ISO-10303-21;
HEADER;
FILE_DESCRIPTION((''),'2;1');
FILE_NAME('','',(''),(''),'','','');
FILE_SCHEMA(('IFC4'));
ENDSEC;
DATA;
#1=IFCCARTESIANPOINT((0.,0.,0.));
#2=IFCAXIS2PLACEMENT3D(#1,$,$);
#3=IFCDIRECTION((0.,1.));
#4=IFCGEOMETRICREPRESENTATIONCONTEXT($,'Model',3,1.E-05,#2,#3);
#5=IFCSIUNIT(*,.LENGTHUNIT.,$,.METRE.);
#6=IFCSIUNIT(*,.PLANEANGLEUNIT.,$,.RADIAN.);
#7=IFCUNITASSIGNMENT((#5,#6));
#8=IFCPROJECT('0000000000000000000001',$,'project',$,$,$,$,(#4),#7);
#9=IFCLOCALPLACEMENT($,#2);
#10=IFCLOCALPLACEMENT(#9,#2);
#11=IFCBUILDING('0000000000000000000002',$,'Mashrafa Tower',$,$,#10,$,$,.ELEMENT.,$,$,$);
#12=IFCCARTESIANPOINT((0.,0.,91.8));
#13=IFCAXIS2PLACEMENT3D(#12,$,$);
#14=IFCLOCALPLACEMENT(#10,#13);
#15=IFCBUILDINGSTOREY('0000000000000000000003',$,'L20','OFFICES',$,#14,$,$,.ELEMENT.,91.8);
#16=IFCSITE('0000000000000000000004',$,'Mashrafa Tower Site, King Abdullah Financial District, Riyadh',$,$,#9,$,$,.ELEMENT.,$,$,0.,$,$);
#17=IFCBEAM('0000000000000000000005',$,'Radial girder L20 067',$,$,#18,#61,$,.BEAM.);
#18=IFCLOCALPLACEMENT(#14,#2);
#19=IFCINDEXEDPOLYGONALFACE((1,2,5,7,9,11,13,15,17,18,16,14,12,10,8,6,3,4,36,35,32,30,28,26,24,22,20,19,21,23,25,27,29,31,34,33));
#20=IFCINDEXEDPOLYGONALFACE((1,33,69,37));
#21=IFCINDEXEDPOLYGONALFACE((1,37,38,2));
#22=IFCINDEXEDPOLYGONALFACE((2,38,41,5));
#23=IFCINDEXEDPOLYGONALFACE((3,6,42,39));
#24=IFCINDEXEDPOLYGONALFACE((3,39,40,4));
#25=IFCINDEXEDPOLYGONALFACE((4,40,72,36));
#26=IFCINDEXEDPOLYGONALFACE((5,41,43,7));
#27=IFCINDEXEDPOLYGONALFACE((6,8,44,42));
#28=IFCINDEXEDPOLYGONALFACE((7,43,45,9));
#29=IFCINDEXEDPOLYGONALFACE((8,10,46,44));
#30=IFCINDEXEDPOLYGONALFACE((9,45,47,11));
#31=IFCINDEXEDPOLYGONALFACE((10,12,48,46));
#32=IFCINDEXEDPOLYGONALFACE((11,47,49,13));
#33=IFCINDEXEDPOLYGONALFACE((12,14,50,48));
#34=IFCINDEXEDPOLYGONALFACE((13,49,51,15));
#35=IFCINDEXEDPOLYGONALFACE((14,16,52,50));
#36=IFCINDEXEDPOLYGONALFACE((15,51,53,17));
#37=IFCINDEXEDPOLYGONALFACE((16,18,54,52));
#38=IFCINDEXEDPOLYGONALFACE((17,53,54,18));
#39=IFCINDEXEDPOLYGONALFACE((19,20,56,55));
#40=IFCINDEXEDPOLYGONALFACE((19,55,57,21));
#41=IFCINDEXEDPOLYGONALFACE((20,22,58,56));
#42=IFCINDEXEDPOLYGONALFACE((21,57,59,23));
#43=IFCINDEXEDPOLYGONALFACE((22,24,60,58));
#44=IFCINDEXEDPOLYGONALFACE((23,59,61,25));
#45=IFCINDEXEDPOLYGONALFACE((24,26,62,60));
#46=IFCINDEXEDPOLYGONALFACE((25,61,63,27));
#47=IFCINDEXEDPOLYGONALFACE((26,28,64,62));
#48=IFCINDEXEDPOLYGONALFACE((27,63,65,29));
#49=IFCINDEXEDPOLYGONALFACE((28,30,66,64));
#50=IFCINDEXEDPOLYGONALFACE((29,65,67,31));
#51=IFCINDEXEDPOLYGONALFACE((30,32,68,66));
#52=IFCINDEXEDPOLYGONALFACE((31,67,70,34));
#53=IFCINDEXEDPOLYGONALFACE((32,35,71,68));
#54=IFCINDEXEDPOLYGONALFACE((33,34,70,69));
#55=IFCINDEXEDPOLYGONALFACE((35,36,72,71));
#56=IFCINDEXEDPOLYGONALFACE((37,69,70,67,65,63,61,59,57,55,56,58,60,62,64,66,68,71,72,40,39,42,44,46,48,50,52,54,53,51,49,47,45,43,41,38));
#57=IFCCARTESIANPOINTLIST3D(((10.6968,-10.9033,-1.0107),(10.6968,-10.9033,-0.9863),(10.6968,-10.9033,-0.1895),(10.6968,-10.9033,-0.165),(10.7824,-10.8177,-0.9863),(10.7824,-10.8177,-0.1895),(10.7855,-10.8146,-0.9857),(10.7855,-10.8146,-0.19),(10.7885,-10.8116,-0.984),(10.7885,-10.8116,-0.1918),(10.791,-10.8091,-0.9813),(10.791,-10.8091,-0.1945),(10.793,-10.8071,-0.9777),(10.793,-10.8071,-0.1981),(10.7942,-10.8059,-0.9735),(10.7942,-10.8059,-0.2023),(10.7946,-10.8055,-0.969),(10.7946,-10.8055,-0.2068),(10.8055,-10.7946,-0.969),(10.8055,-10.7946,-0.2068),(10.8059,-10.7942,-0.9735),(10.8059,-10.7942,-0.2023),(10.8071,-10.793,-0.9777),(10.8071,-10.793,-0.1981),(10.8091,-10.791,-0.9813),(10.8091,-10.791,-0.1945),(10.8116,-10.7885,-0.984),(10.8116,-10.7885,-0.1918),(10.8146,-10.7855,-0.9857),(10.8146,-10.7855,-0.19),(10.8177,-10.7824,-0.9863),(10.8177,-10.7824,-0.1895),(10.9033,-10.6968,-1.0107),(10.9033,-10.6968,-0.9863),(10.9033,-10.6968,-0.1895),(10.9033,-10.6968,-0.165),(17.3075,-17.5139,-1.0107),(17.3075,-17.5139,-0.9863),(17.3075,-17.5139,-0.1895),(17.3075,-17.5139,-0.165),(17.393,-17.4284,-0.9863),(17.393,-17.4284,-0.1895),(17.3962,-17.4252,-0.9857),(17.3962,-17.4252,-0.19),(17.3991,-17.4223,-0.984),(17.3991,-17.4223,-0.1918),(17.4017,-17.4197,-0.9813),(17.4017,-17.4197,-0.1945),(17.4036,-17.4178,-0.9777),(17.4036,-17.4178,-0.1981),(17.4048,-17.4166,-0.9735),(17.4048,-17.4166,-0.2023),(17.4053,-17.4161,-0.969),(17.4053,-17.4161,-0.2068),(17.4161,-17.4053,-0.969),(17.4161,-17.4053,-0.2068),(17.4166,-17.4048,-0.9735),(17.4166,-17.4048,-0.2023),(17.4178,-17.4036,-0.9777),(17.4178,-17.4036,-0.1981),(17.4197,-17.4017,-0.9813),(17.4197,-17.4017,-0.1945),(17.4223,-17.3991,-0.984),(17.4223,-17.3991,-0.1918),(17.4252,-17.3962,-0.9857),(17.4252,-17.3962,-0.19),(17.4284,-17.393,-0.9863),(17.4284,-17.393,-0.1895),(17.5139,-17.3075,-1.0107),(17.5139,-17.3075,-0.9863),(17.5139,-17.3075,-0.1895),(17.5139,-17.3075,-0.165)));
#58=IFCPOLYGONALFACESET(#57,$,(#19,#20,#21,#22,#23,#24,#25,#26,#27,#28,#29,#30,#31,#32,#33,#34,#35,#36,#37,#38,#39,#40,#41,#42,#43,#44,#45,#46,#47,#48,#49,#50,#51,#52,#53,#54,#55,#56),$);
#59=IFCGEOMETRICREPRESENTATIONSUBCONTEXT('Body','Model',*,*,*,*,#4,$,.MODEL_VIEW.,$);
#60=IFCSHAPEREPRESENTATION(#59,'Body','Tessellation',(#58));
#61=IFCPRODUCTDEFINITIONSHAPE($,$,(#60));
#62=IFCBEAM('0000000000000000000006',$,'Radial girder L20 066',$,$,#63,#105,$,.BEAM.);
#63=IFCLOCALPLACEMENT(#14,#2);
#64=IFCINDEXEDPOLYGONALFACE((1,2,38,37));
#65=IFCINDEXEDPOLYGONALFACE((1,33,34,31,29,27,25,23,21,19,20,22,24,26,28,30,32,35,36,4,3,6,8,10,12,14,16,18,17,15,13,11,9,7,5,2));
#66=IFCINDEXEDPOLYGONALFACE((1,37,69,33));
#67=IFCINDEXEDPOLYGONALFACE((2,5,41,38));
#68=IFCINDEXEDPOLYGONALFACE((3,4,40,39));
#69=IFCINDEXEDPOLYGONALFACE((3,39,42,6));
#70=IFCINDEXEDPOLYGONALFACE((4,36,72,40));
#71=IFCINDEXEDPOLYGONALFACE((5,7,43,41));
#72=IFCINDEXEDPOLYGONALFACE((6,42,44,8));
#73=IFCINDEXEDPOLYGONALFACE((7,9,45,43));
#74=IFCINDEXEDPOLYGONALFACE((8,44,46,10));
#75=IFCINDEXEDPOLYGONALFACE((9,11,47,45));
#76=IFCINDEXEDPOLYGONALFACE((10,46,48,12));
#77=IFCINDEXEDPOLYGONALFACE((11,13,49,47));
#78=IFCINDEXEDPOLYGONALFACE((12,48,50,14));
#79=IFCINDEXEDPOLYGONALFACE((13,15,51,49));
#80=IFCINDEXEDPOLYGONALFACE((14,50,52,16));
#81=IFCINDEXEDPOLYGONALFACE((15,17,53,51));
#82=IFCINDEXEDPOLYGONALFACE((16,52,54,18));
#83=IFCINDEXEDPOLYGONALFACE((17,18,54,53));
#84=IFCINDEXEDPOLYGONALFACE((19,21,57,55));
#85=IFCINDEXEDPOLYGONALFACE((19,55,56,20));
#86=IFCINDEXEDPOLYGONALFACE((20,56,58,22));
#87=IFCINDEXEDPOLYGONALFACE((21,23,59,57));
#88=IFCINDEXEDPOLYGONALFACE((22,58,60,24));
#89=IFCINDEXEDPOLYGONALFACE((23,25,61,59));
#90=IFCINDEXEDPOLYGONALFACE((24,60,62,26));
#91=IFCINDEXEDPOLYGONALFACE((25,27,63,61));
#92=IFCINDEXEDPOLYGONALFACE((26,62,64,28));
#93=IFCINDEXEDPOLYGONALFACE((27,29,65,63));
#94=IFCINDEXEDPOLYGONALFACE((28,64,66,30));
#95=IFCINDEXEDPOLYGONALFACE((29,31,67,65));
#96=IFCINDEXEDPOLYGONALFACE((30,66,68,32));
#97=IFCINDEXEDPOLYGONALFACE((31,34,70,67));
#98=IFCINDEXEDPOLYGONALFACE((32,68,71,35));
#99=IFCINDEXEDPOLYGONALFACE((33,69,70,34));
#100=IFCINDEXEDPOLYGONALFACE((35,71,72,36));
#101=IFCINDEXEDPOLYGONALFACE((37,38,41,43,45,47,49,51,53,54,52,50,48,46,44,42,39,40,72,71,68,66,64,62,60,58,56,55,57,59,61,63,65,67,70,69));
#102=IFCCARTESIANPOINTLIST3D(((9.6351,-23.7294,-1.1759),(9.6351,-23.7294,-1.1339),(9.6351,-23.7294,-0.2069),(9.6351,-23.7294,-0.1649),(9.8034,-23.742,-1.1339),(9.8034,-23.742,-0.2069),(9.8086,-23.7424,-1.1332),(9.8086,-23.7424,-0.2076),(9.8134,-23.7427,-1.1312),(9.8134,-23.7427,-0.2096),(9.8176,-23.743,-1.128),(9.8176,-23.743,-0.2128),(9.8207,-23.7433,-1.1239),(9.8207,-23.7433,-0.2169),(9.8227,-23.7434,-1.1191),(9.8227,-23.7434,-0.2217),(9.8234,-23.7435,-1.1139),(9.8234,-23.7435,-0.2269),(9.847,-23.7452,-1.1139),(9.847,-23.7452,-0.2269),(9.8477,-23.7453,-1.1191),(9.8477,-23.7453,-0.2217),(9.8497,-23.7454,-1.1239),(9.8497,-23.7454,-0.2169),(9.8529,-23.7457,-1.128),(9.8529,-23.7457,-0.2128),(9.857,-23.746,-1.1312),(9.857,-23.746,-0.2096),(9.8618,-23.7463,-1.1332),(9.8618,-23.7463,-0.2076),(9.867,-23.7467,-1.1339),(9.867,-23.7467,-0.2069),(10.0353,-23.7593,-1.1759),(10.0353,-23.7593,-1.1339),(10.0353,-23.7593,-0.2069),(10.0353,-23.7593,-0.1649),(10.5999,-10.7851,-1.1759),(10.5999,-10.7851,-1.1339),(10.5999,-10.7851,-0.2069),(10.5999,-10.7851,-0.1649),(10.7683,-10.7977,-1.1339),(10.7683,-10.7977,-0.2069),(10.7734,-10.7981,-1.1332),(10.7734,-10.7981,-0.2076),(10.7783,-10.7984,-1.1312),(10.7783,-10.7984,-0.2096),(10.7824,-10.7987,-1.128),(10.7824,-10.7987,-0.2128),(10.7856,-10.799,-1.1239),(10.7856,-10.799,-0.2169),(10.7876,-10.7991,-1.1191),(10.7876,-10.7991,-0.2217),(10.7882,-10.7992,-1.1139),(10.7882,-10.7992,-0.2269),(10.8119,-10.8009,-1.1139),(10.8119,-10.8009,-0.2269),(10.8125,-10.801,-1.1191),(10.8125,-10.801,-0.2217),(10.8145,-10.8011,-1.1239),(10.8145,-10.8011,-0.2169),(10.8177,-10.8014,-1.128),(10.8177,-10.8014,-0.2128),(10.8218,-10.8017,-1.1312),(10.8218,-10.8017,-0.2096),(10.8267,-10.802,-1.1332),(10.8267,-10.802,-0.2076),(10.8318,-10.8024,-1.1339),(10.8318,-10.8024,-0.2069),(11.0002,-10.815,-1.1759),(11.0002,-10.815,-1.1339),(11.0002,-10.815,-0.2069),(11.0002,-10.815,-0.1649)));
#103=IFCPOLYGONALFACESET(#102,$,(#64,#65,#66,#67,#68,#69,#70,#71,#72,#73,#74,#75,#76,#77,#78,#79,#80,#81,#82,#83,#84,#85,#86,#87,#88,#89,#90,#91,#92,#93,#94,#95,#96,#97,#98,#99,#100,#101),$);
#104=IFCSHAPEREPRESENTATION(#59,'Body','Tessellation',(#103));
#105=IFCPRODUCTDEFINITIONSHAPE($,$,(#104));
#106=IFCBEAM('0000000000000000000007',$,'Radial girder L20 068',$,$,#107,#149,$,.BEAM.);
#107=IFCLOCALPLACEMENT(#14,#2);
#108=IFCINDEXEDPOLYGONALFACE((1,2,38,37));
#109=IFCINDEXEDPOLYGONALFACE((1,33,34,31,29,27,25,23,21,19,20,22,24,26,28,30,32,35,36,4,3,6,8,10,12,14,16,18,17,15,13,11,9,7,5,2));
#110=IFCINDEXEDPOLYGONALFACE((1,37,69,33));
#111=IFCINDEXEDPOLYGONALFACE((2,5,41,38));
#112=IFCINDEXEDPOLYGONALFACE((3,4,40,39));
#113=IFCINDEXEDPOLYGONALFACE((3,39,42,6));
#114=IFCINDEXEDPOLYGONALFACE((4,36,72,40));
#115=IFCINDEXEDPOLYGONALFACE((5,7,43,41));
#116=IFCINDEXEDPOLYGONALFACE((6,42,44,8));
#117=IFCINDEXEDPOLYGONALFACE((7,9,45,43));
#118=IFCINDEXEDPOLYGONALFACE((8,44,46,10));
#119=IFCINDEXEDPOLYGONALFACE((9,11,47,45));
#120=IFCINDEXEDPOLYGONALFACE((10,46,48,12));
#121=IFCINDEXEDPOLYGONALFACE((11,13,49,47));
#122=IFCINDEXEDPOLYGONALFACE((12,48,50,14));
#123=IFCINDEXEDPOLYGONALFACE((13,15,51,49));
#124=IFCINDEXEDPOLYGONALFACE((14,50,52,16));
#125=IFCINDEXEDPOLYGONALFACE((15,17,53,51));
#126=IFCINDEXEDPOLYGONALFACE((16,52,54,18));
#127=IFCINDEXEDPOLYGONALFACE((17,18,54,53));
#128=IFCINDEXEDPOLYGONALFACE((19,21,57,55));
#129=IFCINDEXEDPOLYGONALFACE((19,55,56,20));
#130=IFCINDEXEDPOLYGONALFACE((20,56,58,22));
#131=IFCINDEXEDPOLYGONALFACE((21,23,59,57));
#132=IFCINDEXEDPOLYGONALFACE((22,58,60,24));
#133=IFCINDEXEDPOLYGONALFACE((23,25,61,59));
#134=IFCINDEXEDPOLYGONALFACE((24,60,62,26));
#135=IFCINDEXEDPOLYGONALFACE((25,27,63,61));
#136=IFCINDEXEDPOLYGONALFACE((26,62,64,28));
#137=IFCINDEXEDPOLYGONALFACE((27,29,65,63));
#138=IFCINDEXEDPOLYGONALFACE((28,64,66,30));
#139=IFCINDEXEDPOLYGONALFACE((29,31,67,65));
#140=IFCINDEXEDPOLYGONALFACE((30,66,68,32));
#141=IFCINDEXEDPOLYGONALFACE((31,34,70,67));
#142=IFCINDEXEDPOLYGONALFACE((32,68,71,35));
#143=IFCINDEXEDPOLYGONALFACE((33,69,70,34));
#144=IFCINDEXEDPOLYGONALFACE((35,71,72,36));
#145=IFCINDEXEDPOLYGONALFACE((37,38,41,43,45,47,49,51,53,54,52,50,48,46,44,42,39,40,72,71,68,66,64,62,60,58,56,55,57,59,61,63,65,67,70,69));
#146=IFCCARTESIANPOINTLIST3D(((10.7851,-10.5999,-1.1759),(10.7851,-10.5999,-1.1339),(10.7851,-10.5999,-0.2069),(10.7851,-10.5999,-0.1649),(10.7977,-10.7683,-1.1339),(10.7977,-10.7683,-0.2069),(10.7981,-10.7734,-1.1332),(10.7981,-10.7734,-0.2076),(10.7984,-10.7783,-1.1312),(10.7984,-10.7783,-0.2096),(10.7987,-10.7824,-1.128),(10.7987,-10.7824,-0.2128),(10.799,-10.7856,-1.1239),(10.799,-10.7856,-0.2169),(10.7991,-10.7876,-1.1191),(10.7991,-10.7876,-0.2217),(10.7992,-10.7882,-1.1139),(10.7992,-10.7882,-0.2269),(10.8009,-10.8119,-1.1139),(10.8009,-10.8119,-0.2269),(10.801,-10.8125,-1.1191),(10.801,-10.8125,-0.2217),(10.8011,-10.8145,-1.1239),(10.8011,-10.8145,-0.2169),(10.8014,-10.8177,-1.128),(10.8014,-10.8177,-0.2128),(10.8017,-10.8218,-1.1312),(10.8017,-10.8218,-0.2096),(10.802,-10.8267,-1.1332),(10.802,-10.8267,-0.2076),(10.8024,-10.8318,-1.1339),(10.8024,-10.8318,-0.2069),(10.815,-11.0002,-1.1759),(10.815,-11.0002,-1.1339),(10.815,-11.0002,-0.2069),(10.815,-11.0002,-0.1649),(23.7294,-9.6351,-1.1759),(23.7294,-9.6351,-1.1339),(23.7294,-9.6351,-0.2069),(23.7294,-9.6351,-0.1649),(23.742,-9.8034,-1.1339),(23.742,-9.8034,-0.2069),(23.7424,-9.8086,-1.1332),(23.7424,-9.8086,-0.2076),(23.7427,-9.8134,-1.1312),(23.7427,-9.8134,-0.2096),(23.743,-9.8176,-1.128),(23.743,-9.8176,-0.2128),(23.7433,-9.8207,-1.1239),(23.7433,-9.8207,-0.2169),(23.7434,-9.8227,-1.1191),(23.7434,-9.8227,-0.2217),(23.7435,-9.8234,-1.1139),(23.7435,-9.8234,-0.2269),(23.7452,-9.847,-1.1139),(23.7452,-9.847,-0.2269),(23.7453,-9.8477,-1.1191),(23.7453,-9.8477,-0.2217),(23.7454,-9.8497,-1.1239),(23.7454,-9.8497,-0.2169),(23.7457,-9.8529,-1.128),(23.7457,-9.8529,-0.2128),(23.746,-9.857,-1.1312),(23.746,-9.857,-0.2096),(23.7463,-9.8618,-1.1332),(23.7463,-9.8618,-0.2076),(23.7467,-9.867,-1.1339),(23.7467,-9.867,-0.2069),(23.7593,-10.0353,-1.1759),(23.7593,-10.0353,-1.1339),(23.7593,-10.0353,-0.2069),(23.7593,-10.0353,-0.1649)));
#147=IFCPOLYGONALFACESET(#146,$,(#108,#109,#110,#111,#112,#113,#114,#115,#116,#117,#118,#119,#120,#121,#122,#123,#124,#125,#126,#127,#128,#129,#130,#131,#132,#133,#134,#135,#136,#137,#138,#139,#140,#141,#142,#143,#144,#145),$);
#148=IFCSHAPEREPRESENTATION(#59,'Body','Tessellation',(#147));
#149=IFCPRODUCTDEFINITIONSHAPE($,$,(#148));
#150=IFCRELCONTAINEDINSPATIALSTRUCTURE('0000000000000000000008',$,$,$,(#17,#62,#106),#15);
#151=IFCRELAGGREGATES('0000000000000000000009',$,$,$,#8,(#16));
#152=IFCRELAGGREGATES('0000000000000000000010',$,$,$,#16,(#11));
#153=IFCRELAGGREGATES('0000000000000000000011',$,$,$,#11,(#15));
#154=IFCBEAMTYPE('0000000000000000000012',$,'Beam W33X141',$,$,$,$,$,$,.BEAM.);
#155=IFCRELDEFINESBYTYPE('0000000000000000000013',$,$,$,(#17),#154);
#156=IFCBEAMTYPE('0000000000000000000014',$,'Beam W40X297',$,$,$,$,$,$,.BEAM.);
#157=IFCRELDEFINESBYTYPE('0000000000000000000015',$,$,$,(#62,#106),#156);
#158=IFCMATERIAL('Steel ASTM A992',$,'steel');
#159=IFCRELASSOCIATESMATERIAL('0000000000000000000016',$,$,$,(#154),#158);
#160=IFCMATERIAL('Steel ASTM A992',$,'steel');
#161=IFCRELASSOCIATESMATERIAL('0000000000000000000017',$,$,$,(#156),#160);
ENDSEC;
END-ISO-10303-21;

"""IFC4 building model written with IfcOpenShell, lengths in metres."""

from ifc_helpers import new_model, si_unit, direction, frame, origin, origin_2d, place, context, subcontext, project, spatial, i_section, extrude, material, material_profile, profile_set, type_object, element, save


model = new_model("IFC4")

# Units and contexts
model_context = context("Model", 3, precision=1e-05, world=origin(), true_north=direction((0.0, 1.0)))
body_context = subcontext(model_context, "Body", "Model", "MODEL_VIEW")
ifc_project = project(units=[si_unit("LENGTHUNIT", "METRE"), si_unit("PLANEANGLEUNIT", "RADIAN")], contexts=[model_context])

# Site, building, storey
site_placement = place(None, origin())
site = spatial("IfcSite", under=ifc_project, at=site_placement, Name="Mashrafa Tower Site, King Abdullah Financial District, Riyadh", CompositionType="ELEMENT", RefElevation=0.0)
building_placement = place(site_placement, origin())
building = spatial("IfcBuilding", under=site, at=building_placement, Name="Mashrafa Tower", CompositionType="ELEMENT")
storey_placement = place(building_placement, frame((0.0, 0.0, 91.8)))
storey = spatial("IfcBuildingStorey", under=building, at=storey_placement, Name="L20", Description="OFFICES", CompositionType="ELEMENT", Elevation=91.8)

# Beams
ifc_material_1 = material(Name="Steel ASTM A992", Category="steel")
ifc_material_profile_1 = material_profile(ifc_material_1, i_section(OverallWidth=0.292, OverallDepth=0.8457, WebThickness=0.0154, FlangeThickness=0.0244, FilletRadius=0.0173, at=origin_2d()), Name="W33X141")
ifc_profile_set_1 = profile_set([ifc_material_profile_1], Name="Steel ASTM A992")
beam_type_1 = type_object("IfcBeamType", Name="Beam W33X141", PredefinedType="BEAM", material=ifc_profile_set_1)
beam_1_placement = place(storey_placement, frame((10.8, -10.8, -0.5879), z_axis=(0.707107, -0.707107, 0.0), x_axis=(0.707107, 0.707107, 0.0)))
element("IfcBeam", 1, at=beam_1_placement, inside=storey, type_object=beam_type_1, Name="Radial girder L20 067", PredefinedType="BEAM", context=body_context, shape_type="SweptSolid", body=[
    extrude(i_section(OverallWidth=0.292, OverallDepth=0.8457, WebThickness=0.0154, FlangeThickness=0.0244, FilletRadius=0.0173, at=origin_2d()), origin(), (0.0, 0.0, 1.0), 9.3489),
])
ifc_material_2 = material(Name="Steel ASTM A992", Category="steel")
ifc_material_profile_2 = material_profile(ifc_material_2, i_section(OverallWidth=0.4014, OverallDepth=1.011, WebThickness=0.0237, FlangeThickness=0.042, FilletRadius=0.02, at=origin_2d()), Name="W40X297")
ifc_profile_set_2 = profile_set([ifc_material_profile_2], Name="Steel ASTM A992")
beam_type_2 = type_object("IfcBeamType", Name="Beam W40X297", PredefinedType="BEAM", material=ifc_profile_set_2)
for number, where, z_axis, x_axis, name in (
    (2, (10.8, -10.8, -0.6704), (-0.074332, -0.997234, 0.0), (0.997234, -0.074332, 0.0), "Radial girder L20 066"),
    (3, (10.8, -10.8, -0.6704), (0.997234, 0.074332, 0.0), (-0.074332, 0.997234, 0.0), "Radial girder L20 068"),
):
    element("IfcBeam", number, at=place(storey_placement, frame(where, z_axis=z_axis, x_axis=x_axis)), inside=storey, type_object=beam_type_2, Name=name, PredefinedType="BEAM", context=body_context, shape_type="SweptSolid", body=[
        extrude(i_section(OverallWidth=0.4014, OverallDepth=1.011, WebThickness=0.0237, FlangeThickness=0.042, FilletRadius=0.02, at=origin_2d()), origin(), (0.0, 0.0, 1.0), 12.9802),
    ])

save(model, "model.ifc")
